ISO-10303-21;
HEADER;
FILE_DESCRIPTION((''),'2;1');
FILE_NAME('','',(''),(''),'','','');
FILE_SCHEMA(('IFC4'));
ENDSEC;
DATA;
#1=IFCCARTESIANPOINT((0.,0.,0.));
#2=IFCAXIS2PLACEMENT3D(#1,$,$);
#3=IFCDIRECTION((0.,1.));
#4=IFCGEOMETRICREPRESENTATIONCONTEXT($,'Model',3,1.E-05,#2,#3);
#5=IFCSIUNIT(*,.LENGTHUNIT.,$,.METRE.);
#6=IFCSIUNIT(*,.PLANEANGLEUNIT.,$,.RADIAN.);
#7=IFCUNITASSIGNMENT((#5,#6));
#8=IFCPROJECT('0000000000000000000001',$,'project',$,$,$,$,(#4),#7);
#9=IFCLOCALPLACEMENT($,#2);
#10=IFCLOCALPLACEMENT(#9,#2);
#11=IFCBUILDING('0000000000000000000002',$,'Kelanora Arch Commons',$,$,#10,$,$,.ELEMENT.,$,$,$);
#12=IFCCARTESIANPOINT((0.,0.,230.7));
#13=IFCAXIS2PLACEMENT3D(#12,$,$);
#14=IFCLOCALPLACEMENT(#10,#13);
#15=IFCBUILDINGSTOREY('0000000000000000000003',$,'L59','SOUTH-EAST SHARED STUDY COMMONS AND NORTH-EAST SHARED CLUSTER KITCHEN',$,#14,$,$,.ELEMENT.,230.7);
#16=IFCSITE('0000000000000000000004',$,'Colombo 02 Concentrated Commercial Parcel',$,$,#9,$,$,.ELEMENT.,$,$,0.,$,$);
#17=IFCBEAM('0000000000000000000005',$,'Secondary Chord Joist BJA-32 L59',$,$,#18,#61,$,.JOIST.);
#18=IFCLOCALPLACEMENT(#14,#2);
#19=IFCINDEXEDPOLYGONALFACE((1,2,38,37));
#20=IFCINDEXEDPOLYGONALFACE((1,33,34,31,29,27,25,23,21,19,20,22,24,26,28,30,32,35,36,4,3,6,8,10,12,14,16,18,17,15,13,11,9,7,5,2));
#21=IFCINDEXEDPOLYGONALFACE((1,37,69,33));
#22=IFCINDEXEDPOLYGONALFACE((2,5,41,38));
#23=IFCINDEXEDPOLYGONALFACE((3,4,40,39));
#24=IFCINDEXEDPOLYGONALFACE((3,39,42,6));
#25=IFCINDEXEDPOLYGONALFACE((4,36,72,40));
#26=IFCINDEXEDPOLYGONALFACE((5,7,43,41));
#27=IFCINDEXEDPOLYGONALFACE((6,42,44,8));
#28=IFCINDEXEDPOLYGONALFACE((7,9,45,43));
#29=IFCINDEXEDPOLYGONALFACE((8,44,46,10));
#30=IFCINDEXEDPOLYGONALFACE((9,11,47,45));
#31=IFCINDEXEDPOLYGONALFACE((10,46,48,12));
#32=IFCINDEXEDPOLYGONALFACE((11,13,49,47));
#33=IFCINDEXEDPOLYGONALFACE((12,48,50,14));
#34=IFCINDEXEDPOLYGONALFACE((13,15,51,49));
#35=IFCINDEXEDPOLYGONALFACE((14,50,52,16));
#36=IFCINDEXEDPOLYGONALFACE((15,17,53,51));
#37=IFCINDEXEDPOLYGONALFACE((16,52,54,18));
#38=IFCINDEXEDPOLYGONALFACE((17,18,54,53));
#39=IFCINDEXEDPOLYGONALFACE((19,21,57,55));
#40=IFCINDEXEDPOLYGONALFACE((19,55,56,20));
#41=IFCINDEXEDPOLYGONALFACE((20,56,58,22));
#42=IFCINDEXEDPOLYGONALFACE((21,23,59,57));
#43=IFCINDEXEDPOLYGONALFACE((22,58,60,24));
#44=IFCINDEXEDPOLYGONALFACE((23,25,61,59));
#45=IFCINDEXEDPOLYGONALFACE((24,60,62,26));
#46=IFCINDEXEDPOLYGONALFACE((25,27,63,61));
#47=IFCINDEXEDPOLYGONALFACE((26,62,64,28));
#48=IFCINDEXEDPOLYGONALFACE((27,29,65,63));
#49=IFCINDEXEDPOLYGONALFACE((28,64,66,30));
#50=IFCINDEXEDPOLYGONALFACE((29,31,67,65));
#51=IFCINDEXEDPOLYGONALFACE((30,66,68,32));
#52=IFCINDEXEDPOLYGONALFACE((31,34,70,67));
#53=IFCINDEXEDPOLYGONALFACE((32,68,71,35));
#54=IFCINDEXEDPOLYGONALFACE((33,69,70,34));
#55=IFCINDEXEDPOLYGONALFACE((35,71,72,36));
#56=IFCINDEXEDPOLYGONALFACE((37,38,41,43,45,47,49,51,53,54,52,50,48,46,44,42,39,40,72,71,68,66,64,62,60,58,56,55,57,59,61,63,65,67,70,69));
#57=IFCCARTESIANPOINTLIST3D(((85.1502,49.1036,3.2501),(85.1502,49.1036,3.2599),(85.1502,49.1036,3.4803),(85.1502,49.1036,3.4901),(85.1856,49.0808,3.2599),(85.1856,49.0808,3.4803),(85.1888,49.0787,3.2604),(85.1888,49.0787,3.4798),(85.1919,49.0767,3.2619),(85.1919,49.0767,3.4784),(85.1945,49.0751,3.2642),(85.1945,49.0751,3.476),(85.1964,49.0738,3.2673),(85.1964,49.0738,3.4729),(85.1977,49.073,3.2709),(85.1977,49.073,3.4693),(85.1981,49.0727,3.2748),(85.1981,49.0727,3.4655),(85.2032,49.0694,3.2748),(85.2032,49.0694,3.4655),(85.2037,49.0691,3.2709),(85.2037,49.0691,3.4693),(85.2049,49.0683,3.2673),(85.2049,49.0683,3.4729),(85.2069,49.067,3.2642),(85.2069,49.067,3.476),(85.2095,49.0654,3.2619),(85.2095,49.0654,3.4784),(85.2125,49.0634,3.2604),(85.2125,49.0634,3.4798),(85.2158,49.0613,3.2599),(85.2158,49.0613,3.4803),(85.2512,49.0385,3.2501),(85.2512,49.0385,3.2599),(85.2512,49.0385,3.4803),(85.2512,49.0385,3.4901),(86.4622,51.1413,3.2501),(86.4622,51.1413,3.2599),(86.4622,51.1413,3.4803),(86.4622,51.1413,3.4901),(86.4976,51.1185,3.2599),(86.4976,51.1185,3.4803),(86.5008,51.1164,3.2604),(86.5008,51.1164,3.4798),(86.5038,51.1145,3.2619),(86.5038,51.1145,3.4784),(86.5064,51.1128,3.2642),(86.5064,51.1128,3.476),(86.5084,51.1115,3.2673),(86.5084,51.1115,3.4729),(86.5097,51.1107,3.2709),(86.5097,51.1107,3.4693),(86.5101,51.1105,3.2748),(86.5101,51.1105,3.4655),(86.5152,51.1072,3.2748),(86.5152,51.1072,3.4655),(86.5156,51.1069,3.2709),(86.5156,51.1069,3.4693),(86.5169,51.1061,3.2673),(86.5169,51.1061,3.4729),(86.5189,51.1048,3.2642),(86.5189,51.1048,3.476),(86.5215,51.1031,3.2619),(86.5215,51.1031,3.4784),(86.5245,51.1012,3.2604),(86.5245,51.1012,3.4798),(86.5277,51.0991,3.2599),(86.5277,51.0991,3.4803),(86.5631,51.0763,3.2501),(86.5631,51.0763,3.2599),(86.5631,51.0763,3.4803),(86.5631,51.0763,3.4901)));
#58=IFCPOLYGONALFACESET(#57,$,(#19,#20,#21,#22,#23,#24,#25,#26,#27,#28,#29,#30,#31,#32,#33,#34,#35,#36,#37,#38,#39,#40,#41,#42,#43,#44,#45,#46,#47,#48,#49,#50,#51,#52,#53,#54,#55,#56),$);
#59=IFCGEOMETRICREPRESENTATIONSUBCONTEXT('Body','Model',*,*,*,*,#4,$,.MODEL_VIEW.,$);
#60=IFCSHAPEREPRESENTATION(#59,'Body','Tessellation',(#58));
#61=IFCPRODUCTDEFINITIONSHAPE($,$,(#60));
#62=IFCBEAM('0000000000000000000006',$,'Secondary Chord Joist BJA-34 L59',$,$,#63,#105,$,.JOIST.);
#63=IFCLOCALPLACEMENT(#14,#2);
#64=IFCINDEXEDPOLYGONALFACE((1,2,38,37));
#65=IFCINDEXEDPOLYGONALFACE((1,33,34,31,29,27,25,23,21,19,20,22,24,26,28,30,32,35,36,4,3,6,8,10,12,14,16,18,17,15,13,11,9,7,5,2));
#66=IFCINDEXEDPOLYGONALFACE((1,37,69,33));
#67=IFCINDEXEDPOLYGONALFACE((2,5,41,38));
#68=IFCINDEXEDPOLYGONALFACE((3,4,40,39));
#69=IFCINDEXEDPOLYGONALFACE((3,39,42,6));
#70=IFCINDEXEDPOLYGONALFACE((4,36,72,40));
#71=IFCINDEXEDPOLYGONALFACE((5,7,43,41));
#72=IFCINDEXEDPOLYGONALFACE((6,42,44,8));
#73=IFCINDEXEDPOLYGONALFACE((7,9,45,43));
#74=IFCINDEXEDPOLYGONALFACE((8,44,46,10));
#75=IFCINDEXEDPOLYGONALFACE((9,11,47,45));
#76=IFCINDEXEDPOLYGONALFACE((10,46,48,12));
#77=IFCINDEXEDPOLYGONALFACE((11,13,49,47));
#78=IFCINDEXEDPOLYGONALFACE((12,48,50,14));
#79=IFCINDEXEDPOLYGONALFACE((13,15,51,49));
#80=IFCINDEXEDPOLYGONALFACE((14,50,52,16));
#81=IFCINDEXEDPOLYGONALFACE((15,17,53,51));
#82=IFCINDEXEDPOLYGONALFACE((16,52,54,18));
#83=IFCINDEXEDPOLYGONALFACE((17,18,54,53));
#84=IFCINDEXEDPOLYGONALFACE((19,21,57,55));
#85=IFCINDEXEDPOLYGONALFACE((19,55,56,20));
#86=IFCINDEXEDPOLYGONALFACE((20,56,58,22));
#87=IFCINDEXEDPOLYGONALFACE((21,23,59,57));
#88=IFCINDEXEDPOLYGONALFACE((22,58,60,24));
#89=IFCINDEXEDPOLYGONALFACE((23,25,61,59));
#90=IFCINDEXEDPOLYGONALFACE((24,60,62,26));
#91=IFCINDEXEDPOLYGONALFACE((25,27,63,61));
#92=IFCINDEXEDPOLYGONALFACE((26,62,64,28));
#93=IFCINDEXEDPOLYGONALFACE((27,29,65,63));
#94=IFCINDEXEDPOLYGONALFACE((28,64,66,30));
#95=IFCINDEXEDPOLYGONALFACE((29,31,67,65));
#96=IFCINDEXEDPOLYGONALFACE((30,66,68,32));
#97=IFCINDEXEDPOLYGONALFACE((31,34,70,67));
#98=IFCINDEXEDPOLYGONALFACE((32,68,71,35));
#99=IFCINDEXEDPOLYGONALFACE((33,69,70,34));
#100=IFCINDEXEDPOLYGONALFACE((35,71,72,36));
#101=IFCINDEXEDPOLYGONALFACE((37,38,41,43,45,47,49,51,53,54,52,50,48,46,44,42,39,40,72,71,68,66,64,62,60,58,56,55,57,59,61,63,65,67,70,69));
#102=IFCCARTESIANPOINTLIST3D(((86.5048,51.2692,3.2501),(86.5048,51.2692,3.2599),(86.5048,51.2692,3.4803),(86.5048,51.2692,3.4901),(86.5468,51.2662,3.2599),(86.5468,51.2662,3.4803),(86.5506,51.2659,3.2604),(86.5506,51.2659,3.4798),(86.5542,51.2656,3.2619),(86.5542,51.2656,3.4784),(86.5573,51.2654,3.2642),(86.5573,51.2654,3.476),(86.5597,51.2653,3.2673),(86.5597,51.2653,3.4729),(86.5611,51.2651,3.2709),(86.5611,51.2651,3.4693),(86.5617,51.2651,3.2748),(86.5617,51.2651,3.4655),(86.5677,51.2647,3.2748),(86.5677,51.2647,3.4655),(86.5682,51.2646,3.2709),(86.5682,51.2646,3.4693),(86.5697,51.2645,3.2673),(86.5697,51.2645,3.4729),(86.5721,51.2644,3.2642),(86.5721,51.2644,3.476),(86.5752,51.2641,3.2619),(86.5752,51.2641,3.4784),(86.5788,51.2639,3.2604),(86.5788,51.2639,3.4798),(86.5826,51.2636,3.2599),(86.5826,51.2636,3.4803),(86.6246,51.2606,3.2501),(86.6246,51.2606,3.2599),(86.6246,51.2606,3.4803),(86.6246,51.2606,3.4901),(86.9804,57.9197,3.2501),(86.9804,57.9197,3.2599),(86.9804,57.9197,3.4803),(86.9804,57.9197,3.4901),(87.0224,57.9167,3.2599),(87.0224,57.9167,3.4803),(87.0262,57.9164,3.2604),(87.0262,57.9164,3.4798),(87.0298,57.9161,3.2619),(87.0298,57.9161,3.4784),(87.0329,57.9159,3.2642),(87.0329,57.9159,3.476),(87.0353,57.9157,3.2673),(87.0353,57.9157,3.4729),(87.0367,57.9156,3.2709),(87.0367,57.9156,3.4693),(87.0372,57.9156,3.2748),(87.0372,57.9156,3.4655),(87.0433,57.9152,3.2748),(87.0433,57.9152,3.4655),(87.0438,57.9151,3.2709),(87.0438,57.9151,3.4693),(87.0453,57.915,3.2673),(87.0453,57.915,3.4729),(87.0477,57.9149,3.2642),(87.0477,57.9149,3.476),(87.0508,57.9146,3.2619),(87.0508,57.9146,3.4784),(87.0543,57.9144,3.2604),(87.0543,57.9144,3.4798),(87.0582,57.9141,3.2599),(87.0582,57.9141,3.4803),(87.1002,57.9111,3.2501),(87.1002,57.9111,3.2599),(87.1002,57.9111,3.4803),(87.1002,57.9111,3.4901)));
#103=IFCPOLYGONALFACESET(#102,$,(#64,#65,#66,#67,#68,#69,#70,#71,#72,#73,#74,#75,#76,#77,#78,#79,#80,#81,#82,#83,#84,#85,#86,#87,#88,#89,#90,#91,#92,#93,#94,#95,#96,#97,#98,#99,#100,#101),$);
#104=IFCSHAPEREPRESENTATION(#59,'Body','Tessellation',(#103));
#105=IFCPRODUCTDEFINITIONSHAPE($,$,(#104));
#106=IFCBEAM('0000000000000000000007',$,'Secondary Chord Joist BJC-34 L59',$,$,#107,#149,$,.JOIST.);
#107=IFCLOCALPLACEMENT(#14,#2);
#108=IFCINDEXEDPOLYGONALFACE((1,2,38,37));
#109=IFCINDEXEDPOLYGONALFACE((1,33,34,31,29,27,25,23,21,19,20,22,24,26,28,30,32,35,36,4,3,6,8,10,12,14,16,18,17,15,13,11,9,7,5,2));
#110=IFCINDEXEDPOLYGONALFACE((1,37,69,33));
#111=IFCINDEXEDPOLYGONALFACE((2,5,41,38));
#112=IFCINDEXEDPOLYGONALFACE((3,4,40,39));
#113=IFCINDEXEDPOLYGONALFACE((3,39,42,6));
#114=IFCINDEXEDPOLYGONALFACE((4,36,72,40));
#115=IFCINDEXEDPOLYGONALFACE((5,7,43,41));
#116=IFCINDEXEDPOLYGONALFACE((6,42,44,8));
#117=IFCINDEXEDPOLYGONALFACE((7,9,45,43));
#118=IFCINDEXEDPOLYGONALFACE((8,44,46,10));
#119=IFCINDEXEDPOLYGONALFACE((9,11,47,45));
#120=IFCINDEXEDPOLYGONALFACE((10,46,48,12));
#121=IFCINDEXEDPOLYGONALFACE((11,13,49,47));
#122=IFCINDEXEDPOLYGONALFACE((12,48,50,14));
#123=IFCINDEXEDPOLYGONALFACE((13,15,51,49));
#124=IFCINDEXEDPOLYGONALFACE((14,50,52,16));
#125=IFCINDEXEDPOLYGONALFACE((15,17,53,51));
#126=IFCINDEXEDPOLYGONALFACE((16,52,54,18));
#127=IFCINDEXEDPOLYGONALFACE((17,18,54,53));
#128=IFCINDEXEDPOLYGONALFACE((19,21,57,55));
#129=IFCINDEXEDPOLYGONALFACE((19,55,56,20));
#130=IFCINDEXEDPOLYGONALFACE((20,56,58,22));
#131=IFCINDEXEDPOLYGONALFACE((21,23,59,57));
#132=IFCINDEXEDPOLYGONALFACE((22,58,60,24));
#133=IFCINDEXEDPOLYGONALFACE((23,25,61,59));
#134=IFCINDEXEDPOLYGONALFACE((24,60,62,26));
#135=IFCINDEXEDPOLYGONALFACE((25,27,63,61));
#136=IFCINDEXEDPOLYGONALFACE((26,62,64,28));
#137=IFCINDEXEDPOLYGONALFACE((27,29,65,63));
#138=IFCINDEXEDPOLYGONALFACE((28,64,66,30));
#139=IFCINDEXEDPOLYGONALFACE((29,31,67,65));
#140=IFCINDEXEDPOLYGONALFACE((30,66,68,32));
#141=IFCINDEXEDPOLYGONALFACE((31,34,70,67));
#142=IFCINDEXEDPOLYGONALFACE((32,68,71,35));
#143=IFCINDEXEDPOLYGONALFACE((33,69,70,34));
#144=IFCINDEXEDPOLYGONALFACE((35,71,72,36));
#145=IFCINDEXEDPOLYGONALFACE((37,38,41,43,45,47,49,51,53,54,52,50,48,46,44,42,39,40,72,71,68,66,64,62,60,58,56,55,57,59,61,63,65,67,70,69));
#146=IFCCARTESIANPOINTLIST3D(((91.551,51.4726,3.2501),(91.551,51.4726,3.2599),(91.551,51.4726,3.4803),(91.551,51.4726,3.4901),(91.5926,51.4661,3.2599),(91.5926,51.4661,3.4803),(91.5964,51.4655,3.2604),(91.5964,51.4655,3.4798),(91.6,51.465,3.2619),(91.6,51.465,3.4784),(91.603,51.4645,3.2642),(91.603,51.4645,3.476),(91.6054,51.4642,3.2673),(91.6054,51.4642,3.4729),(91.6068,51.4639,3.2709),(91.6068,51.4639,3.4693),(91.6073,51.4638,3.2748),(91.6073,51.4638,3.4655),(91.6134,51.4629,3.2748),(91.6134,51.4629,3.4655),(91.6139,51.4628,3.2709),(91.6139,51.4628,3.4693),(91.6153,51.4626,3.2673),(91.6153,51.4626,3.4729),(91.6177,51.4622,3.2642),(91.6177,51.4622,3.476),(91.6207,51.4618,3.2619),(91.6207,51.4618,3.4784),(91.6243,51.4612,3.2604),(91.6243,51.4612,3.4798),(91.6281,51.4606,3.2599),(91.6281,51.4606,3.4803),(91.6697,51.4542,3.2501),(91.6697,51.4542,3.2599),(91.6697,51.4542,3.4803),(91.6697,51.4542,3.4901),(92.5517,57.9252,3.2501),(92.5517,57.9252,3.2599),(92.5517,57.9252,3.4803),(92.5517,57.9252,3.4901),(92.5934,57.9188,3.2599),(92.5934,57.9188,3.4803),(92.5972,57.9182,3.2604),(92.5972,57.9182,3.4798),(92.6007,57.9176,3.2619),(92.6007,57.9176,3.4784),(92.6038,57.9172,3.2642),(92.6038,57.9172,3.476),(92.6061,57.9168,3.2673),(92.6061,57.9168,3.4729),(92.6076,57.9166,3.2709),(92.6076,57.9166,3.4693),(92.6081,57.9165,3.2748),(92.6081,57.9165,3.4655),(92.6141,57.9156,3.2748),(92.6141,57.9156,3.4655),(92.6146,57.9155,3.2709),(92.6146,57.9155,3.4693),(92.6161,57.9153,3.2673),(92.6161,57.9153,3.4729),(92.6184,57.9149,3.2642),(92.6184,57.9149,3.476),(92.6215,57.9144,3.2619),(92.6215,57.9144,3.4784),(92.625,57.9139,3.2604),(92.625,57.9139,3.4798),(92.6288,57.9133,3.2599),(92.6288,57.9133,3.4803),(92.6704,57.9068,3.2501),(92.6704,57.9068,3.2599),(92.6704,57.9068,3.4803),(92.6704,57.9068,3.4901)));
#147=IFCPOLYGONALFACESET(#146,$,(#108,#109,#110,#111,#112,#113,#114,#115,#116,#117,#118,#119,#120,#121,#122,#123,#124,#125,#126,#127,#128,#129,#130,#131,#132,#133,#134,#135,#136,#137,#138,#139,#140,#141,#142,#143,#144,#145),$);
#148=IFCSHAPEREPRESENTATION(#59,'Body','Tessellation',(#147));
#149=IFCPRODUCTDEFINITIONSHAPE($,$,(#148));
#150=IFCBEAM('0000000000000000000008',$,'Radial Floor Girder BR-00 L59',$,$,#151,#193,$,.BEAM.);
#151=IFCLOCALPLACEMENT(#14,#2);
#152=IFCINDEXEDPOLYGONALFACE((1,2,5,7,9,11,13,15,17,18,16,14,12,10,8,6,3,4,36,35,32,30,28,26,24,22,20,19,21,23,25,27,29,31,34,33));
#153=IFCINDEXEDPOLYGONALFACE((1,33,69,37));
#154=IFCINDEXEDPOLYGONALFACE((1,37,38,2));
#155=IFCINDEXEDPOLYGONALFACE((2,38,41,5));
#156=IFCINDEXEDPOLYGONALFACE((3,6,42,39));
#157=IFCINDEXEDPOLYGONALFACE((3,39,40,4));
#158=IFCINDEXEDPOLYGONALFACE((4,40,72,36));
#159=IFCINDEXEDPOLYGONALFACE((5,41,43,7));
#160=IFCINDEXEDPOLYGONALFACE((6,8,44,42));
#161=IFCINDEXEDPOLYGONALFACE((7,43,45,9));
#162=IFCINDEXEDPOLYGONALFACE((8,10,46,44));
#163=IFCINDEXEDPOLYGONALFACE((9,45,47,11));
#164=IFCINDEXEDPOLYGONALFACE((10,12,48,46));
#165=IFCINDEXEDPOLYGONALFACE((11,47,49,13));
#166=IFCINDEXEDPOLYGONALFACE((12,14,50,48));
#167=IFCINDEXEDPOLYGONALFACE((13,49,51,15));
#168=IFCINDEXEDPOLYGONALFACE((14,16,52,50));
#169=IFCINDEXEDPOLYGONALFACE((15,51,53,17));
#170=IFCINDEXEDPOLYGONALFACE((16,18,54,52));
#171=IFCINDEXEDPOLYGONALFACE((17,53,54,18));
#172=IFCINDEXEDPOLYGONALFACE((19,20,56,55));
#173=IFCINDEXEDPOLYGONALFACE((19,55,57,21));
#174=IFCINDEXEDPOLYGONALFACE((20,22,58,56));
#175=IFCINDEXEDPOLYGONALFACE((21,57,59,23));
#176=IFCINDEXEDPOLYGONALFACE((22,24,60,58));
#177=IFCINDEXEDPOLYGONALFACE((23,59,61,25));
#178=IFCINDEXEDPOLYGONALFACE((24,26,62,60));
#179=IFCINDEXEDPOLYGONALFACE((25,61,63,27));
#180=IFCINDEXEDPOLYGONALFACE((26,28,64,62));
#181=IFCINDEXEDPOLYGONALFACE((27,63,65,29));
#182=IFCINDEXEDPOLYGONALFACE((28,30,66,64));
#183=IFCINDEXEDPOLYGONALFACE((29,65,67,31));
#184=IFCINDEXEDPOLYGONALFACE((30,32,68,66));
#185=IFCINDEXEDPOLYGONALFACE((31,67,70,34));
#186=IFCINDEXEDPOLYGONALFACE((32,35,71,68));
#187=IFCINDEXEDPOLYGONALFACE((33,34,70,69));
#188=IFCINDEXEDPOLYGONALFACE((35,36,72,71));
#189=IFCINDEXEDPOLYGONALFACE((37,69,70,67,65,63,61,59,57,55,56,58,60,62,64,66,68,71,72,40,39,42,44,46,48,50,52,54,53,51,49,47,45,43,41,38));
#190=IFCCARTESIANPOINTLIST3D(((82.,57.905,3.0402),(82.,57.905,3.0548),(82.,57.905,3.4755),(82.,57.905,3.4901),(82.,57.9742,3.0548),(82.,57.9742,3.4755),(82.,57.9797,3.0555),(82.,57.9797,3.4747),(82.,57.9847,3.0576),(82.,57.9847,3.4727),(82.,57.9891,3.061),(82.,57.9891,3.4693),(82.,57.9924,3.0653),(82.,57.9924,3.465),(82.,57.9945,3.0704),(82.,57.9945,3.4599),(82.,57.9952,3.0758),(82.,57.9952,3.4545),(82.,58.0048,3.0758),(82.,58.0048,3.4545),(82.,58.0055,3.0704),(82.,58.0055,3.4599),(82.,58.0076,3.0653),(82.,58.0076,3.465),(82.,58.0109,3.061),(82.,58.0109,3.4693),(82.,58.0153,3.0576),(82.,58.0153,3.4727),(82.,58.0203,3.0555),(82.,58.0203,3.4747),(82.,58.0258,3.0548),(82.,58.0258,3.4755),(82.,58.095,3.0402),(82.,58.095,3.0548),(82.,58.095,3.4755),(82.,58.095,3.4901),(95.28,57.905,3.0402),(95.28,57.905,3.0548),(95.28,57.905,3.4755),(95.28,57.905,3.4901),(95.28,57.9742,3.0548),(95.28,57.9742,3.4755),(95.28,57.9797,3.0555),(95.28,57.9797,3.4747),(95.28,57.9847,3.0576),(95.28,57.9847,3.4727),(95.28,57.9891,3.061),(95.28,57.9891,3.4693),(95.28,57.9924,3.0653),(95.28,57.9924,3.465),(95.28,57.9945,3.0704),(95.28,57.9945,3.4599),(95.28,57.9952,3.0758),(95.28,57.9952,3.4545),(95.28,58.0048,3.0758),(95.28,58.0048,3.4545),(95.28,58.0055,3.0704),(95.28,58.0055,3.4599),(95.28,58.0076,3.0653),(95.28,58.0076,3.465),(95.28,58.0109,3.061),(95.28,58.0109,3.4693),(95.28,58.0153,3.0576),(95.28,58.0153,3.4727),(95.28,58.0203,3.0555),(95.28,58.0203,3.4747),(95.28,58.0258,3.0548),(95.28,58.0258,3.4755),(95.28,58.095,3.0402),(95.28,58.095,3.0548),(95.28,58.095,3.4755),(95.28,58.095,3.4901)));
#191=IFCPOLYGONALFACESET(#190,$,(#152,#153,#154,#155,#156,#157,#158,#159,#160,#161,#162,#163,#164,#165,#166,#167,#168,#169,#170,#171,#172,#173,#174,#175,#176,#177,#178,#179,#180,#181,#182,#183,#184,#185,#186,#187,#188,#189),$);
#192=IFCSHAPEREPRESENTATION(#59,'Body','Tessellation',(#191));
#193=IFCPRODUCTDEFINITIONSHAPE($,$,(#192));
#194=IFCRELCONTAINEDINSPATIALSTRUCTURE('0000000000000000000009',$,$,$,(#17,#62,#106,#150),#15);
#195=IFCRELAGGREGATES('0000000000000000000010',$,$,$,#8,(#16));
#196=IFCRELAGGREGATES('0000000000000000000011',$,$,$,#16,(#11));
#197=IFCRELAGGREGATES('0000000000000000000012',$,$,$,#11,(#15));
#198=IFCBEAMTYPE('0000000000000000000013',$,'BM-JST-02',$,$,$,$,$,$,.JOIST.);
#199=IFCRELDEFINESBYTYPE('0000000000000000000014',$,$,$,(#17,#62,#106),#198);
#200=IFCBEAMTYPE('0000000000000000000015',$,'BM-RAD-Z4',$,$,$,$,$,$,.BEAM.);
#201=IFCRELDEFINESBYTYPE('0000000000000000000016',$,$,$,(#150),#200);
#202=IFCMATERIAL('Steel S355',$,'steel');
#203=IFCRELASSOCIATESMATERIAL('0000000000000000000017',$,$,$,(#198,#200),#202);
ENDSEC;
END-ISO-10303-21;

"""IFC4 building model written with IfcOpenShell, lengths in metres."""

from ifc_helpers import new_model, si_unit, direction, frame, origin, origin_2d, place, context, subcontext, project, spatial, i_section, extrude, material, material_profile, profile_set, type_object, element, save


model = new_model("IFC4")

# Units and contexts
model_context = context("Model", 3, precision=1e-05, world=origin(), true_north=direction((0.0, 1.0)))
body_context = subcontext(model_context, "Body", "Model", "MODEL_VIEW")
ifc_project = project(units=[si_unit("LENGTHUNIT", "METRE"), si_unit("PLANEANGLEUNIT", "RADIAN")], contexts=[model_context])

# Site, building, storey
site_placement = place(None, origin())
site = spatial("IfcSite", under=ifc_project, at=site_placement, Name="Colombo 02 Concentrated Commercial Parcel", CompositionType="ELEMENT", RefElevation=0.0)
building_placement = place(site_placement, origin())
building = spatial("IfcBuilding", under=site, at=building_placement, Name="Kelanora Arch Commons", CompositionType="ELEMENT")
storey_placement = place(building_placement, frame((0.0, 0.0, 230.7)))
storey = spatial("IfcBuildingStorey", under=building, at=storey_placement, Name="L59", Description="SOUTH-EAST SHARED STUDY COMMONS AND NORTH-EAST SHARED CLUSTER KITCHEN", CompositionType="ELEMENT", Elevation=230.7)

# Beams
ifc_material_1 = material(Name="Steel S355", Category="steel")
ifc_material_profile_1 = material_profile(ifc_material_1, i_section(OverallWidth=0.1201, OverallDepth=0.24, WebThickness=0.0061, FlangeThickness=0.0098, FilletRadius=0.0149, at=origin_2d()), Name="IPE240")
ifc_profile_set_1 = profile_set([ifc_material_profile_1], Name="Steel S355")
beam_type_1 = type_object("IfcBeamType", Name="BM-JST-02", PredefinedType="JOIST", material=ifc_profile_set_1)
beam_1_placement = place(storey_placement, frame((85.2007, 49.071, 3.3701), z_axis=(0.541333, 0.840808, 0.0), x_axis=(-0.840808, 0.541333, 0.0)))
element("IfcBeam", 1, at=beam_1_placement, inside=storey, type_object=beam_type_1, Name="Secondary Chord Joist BJA-32 L59", PredefinedType="JOIST", context=body_context, shape_type="SweptSolid", body=[
    extrude(i_section(OverallWidth=0.1201, OverallDepth=0.24, WebThickness=0.0061, FlangeThickness=0.0098, FilletRadius=0.0149, at=origin_2d()), origin(), (0.0, 0.0, 1.0), 2.4236),
])
beam_2_placement = place(storey_placement, frame((86.5647, 51.2649, 3.3701), z_axis=(0.07133, 0.997453, 0.0), x_axis=(-0.997453, 0.07133, 0.0)))
element("IfcBeam", 2, at=beam_2_placement, inside=storey, type_object=beam_type_1, Name="Secondary Chord Joist BJA-34 L59", PredefinedType="JOIST", context=body_context, shape_type="SweptSolid", body=[
    extrude(i_section(OverallWidth=0.1201, OverallDepth=0.24, WebThickness=0.0061, FlangeThickness=0.0098, FilletRadius=0.0149, at=origin_2d()), origin(), (0.0, 0.0, 1.0), 6.6675),
])
beam_3_placement = place(storey_placement, frame((91.6104, 51.4634, 3.3701), z_axis=(0.153257, 0.988186, 0.0), x_axis=(-0.988186, 0.153257, 0.0)))
element("IfcBeam", 3, at=beam_3_placement, inside=storey, type_object=beam_type_1, Name="Secondary Chord Joist BJC-34 L59", PredefinedType="JOIST", context=body_context, shape_type="SweptSolid", body=[
    extrude(i_section(OverallWidth=0.1201, OverallDepth=0.24, WebThickness=0.0061, FlangeThickness=0.0098, FilletRadius=0.0149, at=origin_2d()), origin(), (0.0, 0.0, 1.0), 6.5298),
])
ifc_material_profile_2 = material_profile(ifc_material_1, i_section(OverallWidth=0.1899, OverallDepth=0.45, WebThickness=0.0095, FlangeThickness=0.0146, FilletRadius=0.021, at=origin_2d()), Name="IPE450")
ifc_profile_set_2 = profile_set([ifc_material_profile_2], Name="Steel S355")
beam_type_2 = type_object("IfcBeamType", Name="BM-RAD-Z4", PredefinedType="BEAM", material=ifc_profile_set_2)
beam_4_placement = place(storey_placement, frame((82.0, 58.0, 3.2651), z_axis=(1.0, 0.0, 0.0), x_axis=(0.0, 1.0, 0.0)))
element("IfcBeam", 4, at=beam_4_placement, inside=storey, type_object=beam_type_2, Name="Radial Floor Girder BR-00 L59", PredefinedType="BEAM", context=body_context, shape_type="SweptSolid", body=[
    extrude(i_section(OverallWidth=0.1899, OverallDepth=0.45, WebThickness=0.0095, FlangeThickness=0.0146, FilletRadius=0.021, at=origin_2d()), origin(), (0.0, 0.0, 1.0), 13.28),
])

save(model, "model.ifc")
